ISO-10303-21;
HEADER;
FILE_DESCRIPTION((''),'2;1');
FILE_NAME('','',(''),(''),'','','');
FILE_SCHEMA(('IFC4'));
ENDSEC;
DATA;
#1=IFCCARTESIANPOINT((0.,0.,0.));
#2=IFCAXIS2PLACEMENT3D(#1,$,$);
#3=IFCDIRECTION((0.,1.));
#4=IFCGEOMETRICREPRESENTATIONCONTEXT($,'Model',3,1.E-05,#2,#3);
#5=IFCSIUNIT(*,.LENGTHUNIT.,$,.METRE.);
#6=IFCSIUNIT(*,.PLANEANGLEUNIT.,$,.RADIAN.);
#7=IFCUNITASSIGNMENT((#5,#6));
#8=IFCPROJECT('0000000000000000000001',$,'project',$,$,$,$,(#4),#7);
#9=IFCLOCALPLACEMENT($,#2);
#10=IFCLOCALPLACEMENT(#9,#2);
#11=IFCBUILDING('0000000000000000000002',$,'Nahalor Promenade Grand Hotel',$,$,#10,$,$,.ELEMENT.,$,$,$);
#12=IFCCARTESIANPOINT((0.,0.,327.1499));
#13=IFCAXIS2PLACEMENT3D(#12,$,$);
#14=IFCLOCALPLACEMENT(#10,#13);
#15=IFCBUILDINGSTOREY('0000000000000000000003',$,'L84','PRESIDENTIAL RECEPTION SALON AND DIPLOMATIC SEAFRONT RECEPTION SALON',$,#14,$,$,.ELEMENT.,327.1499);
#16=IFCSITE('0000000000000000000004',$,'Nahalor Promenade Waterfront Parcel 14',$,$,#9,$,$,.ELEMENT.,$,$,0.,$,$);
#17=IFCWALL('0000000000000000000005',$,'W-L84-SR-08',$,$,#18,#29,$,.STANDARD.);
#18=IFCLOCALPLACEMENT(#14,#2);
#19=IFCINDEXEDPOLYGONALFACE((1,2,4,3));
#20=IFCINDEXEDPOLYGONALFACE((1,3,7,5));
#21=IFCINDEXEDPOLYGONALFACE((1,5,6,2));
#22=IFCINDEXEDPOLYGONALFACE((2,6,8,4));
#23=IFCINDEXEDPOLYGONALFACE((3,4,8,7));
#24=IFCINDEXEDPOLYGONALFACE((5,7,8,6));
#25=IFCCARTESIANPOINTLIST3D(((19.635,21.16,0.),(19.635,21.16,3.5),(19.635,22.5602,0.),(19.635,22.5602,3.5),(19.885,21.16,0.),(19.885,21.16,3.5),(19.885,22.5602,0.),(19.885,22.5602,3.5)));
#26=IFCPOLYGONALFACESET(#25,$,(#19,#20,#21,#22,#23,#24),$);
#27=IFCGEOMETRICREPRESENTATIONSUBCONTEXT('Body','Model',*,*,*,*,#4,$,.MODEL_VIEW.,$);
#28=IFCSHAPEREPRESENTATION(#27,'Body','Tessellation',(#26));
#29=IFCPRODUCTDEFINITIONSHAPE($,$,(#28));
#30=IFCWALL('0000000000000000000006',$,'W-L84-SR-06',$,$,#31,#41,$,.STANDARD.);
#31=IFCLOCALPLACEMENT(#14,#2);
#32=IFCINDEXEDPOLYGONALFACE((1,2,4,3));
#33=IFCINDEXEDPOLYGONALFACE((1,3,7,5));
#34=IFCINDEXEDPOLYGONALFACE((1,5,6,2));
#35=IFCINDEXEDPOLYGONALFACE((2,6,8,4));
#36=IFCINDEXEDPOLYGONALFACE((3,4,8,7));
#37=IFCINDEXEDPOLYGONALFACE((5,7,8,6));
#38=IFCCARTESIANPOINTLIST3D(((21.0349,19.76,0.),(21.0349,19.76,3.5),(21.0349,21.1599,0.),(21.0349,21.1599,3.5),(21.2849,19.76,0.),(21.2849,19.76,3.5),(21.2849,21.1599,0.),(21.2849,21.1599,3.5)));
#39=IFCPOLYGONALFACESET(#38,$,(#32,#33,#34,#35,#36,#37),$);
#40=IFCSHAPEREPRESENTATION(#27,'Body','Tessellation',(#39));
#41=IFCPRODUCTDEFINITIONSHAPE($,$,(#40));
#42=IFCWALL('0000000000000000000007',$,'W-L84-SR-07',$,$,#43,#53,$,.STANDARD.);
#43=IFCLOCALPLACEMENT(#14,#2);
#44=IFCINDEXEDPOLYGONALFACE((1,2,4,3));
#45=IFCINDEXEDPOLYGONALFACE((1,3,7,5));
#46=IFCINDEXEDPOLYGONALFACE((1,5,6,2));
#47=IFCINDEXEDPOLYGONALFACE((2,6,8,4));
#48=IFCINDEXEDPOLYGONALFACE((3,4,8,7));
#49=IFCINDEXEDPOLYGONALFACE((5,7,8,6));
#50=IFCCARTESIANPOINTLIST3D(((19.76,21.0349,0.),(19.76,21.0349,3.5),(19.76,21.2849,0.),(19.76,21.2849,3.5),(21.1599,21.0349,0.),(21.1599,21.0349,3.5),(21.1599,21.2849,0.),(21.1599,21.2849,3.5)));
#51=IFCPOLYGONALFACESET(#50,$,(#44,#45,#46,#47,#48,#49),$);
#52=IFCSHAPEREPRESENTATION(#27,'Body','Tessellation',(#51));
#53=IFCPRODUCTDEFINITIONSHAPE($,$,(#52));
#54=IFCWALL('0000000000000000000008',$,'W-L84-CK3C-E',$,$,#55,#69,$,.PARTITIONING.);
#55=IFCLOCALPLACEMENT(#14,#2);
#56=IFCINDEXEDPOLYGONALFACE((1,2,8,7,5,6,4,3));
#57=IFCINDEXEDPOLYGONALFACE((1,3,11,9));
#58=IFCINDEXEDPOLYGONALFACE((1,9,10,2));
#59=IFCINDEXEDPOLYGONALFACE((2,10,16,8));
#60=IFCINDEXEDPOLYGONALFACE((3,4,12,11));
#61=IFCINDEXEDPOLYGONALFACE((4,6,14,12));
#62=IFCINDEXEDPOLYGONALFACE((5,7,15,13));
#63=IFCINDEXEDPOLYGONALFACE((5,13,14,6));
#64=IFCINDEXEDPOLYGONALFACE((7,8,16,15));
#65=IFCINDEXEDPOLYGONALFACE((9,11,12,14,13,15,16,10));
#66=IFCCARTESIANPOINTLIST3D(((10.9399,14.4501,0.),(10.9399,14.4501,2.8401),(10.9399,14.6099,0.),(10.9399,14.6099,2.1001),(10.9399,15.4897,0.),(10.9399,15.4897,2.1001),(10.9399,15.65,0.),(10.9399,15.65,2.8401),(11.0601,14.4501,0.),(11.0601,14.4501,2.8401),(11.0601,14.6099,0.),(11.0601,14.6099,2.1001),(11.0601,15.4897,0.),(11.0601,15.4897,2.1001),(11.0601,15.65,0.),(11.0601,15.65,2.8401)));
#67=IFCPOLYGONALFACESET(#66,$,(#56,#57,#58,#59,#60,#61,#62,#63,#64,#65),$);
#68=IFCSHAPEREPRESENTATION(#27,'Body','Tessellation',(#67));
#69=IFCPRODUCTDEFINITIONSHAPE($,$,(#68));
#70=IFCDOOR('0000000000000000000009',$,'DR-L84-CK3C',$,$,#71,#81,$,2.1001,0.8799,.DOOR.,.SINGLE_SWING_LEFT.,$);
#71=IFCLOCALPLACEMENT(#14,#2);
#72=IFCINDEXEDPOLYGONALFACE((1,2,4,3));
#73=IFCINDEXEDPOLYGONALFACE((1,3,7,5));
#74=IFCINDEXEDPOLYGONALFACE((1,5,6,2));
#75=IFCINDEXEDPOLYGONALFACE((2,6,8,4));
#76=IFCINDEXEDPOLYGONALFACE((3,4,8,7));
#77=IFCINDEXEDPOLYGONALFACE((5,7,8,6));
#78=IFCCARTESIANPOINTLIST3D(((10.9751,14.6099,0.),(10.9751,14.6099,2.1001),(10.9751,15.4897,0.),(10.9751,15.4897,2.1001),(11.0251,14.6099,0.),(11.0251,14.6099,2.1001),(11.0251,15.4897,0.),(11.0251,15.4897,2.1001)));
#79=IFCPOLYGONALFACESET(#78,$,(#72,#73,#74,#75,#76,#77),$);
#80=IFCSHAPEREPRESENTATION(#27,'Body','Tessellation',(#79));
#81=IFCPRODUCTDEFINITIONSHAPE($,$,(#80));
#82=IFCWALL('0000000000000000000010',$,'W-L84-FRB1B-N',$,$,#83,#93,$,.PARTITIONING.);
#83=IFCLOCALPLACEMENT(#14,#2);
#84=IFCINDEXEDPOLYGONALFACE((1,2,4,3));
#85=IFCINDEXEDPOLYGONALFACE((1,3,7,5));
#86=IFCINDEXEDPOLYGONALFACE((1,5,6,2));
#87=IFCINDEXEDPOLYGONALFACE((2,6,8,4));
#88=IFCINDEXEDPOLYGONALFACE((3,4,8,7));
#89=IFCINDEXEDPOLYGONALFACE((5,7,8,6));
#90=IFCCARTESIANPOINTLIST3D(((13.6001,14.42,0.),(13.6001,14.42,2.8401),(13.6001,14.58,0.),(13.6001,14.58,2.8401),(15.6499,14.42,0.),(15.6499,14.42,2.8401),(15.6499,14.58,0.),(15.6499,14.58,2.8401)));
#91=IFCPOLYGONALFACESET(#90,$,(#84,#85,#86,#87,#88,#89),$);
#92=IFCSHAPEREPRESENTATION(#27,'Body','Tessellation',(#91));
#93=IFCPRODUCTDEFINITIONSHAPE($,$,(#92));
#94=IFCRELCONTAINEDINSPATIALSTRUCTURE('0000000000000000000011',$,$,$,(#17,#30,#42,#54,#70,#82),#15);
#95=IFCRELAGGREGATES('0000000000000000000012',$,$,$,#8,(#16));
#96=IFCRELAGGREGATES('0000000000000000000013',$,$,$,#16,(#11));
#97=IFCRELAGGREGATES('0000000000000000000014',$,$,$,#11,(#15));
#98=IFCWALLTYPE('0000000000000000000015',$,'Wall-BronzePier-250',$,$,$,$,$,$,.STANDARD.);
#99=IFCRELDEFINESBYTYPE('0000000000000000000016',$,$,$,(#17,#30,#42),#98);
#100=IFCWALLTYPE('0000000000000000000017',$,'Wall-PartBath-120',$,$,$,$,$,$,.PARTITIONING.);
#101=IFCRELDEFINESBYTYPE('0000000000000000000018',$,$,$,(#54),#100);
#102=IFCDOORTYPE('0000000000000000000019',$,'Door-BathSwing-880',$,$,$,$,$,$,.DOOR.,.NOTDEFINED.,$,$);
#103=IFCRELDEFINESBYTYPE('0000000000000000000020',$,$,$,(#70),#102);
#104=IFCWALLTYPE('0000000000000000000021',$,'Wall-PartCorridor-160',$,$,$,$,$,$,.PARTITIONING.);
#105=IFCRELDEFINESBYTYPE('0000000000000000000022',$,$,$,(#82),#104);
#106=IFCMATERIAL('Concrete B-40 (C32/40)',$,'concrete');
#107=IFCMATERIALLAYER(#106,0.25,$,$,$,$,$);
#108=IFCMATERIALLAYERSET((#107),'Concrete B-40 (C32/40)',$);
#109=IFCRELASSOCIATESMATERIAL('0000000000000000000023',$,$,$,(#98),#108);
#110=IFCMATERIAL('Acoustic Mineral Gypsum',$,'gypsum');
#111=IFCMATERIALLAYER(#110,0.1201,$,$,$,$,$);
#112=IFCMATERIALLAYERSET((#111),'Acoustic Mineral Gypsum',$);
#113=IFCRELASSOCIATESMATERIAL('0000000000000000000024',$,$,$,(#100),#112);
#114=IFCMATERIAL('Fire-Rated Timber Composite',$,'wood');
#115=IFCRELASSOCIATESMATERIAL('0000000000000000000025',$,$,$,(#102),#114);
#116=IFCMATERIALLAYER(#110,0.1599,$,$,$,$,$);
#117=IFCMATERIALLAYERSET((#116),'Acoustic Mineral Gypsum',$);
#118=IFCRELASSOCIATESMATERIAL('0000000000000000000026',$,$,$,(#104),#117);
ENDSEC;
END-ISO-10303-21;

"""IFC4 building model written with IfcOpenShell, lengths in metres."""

from ifc_helpers import new_model, si_unit, direction, frame, frame_2d, origin, place, context, subcontext, project, spatial, rectangle, extrude, source, transform, mapped, material, layer, layer_set, type_object, element, fill, save


model = new_model("IFC4")

# Units and contexts
model_context = context("Model", 3, precision=1e-05, world=origin(), true_north=direction((0.0, 1.0)))
body_context = subcontext(model_context, "Body", "Model", "MODEL_VIEW")
ifc_project = project(units=[si_unit("LENGTHUNIT", "METRE"), si_unit("PLANEANGLEUNIT", "RADIAN")], contexts=[model_context])

# Site, building, storey
site_placement = place(None, origin())
site = spatial("IfcSite", under=ifc_project, at=site_placement, Name="Nahalor Promenade Waterfront Parcel 14", CompositionType="ELEMENT", RefElevation=0.0)
building_placement = place(site_placement, origin())
building = spatial("IfcBuilding", under=site, at=building_placement, Name="Nahalor Promenade Grand Hotel", CompositionType="ELEMENT")
storey_placement = place(building_placement, frame((0.0, 0.0, 327.1499)))
storey = spatial("IfcBuildingStorey", under=building, at=storey_placement, Name="L84", Description="PRESIDENTIAL RECEPTION SALON AND DIPLOMATIC SEAFRONT RECEPTION SALON", CompositionType="ELEMENT", Elevation=327.1499)

# Walls
ifc_material_1 = material(Name="Concrete B-40 (C32/40)", Category="concrete")
ifc_layer_1 = layer(ifc_material_1, 0.25)
ifc_layer_set_1 = layer_set([ifc_layer_1], Name="Concrete B-40 (C32/40)")
wall_type_1 = type_object("IfcWallType", Name="Wall-BronzePier-250", PredefinedType="STANDARD", material=ifc_layer_set_1)
shared_shape_1 = source(origin(), body_context, "Body", "SweptSolid", [
    extrude(rectangle(XDim=1.4001, YDim=0.25, at=frame_2d((0.7002, 0.0))), origin(), (0.0, 0.0, 1.0), 3.5),
])
for number, where, z_axis, x_axis, name in (
    (1, (19.76, 21.1599, 0.0), (0.0, 0.0, 1.0), (0.0, 1.0, 0.0), "W-L84-SR-08"),
):
    element("IfcWall", number, at=place(storey_placement, frame(where, z_axis=z_axis, x_axis=x_axis)), inside=storey, type_object=wall_type_1, Name=name, PredefinedType="STANDARD", context=body_context, shape_type="MappedRepresentation", body=[
        mapped(shared_shape_1, transform((0.0, 0.0, 0.0), scale=1.0)),
    ])
shared_shape_2 = source(origin(), body_context, "Body", "SweptSolid", [
    extrude(rectangle(XDim=1.3999, YDim=0.25, at=frame_2d((0.7, 0.0))), origin(), (0.0, 0.0, 1.0), 3.5),
])
for number, where, z_axis, x_axis, name in (
    (2, (21.1599, 19.76, 0.0), (0.0, 0.0, 1.0), (0.0, 1.0, 0.0), "W-L84-SR-06"),
    (3, (19.76, 21.1599, 0.0), (0.0, 0.0, 1.0), (1.0, 0.0, 0.0), "W-L84-SR-07"),
):
    element("IfcWall", number, at=place(storey_placement, frame(where, z_axis=z_axis, x_axis=x_axis)), inside=storey, type_object=wall_type_1, Name=name, PredefinedType="STANDARD", context=body_context, shape_type="MappedRepresentation", body=[
        mapped(shared_shape_2, transform((0.0, 0.0, 0.0), scale=1.0)),
    ])

# Wall, opening, door
ifc_material_2 = material(Name="Acoustic Mineral Gypsum", Category="gypsum")
ifc_layer_2 = layer(ifc_material_2, 0.1201)
ifc_layer_set_2 = layer_set([ifc_layer_2], Name="Acoustic Mineral Gypsum")
wall_type_2 = type_object("IfcWallType", Name="Wall-PartBath-120", PredefinedType="PARTITIONING", material=ifc_layer_set_2)
shared_shape_3 = source(origin(), body_context, "Body", "SweptSolid", [
    extrude(rectangle(XDim=1.2, YDim=0.1201, at=frame_2d((0.6001, 0.0))), origin(), (0.0, 0.0, 1.0), 2.8401),
])
wall_1_placement = place(storey_placement, frame((11.0, 14.45, 0.0), z_axis=(0.0, 0.0, 1.0), x_axis=(0.0, 1.0, 0.0)))
wall_1 = element("IfcWall", 4, at=wall_1_placement, inside=storey, type_object=wall_type_2, Name="W-L84-CK3C-E", PredefinedType="PARTITIONING", context=body_context, shape_type="MappedRepresentation", body=[
    mapped(shared_shape_3, transform((0.0, 0.0, 0.0), scale=1.0)),
])
opening_1_placement = place(wall_1_placement, frame((0.1599, 0.0, 0.0)))
opening_1 = element("IfcOpeningElement", 5, at=opening_1_placement, cuts=wall_1, PredefinedType="OPENING", context=body_context, shape_type="SweptSolid", body=[
    extrude(rectangle(XDim=0.8799, YDim=2.1001, at=frame_2d((0.4399, 1.05))), frame((0.0, 0.0701, 0.0), z_axis=(0.0, -1.0, 0.0), x_axis=(1.0, 0.0, 0.0)), (0.0, 0.0, 1.0), 0.1401),
])
ifc_material_3 = material(Name="Fire-Rated Timber Composite", Category="wood")
door_type_1 = type_object("IfcDoorType", Name="Door-BathSwing-880", OperationType="NOTDEFINED", PredefinedType="DOOR", material=ifc_material_3)
shared_shape_4 = source(origin(), body_context, "Body", "SweptSolid", [
    extrude(rectangle(XDim=0.8799, YDim=2.1001, at=frame_2d((0.4399, 1.05))), frame((0.0, 0.0249, 0.0), z_axis=(0.0, -1.0, 0.0), x_axis=(1.0, 0.0, 0.0)), (0.0, 0.0, 1.0), 0.05),
])
door_1_placement = place(opening_1_placement, origin())
door_1 = element("IfcDoor", 6, at=door_1_placement, inside=storey, type_object=door_type_1, Name="DR-L84-CK3C", OperationType="SINGLE_SWING_LEFT", OverallHeight=2.1001, OverallWidth=0.8799, PredefinedType="DOOR", context=body_context, shape_type="MappedRepresentation", body=[
    mapped(shared_shape_4, transform((0.0, 0.0, 0.0), scale=1.0)),
])
fill(opening_1, door_1)

# Wall
ifc_layer_3 = layer(ifc_material_2, 0.1599)
ifc_layer_set_3 = layer_set([ifc_layer_3], Name="Acoustic Mineral Gypsum")
wall_type_3 = type_object("IfcWallType", Name="Wall-PartCorridor-160", PredefinedType="PARTITIONING", material=ifc_layer_set_3)
shared_shape_5 = source(origin(), body_context, "Body", "SweptSolid", [
    extrude(rectangle(XDim=2.0498, YDim=0.1599, at=frame_2d((1.0249, 0.0))), origin(), (0.0, 0.0, 1.0), 2.8401),
])
wall_2_placement = place(storey_placement, frame((13.6001, 14.5, 0.0), z_axis=(0.0, 0.0, 1.0), x_axis=(1.0, 0.0, 0.0)))
element("IfcWall", 7, at=wall_2_placement, inside=storey, type_object=wall_type_3, Name="W-L84-FRB1B-N", PredefinedType="PARTITIONING", context=body_context, shape_type="MappedRepresentation", body=[
    mapped(shared_shape_5, transform((0.0, 0.0, 0.0), scale=1.0)),
])

save(model, "model.ifc")
